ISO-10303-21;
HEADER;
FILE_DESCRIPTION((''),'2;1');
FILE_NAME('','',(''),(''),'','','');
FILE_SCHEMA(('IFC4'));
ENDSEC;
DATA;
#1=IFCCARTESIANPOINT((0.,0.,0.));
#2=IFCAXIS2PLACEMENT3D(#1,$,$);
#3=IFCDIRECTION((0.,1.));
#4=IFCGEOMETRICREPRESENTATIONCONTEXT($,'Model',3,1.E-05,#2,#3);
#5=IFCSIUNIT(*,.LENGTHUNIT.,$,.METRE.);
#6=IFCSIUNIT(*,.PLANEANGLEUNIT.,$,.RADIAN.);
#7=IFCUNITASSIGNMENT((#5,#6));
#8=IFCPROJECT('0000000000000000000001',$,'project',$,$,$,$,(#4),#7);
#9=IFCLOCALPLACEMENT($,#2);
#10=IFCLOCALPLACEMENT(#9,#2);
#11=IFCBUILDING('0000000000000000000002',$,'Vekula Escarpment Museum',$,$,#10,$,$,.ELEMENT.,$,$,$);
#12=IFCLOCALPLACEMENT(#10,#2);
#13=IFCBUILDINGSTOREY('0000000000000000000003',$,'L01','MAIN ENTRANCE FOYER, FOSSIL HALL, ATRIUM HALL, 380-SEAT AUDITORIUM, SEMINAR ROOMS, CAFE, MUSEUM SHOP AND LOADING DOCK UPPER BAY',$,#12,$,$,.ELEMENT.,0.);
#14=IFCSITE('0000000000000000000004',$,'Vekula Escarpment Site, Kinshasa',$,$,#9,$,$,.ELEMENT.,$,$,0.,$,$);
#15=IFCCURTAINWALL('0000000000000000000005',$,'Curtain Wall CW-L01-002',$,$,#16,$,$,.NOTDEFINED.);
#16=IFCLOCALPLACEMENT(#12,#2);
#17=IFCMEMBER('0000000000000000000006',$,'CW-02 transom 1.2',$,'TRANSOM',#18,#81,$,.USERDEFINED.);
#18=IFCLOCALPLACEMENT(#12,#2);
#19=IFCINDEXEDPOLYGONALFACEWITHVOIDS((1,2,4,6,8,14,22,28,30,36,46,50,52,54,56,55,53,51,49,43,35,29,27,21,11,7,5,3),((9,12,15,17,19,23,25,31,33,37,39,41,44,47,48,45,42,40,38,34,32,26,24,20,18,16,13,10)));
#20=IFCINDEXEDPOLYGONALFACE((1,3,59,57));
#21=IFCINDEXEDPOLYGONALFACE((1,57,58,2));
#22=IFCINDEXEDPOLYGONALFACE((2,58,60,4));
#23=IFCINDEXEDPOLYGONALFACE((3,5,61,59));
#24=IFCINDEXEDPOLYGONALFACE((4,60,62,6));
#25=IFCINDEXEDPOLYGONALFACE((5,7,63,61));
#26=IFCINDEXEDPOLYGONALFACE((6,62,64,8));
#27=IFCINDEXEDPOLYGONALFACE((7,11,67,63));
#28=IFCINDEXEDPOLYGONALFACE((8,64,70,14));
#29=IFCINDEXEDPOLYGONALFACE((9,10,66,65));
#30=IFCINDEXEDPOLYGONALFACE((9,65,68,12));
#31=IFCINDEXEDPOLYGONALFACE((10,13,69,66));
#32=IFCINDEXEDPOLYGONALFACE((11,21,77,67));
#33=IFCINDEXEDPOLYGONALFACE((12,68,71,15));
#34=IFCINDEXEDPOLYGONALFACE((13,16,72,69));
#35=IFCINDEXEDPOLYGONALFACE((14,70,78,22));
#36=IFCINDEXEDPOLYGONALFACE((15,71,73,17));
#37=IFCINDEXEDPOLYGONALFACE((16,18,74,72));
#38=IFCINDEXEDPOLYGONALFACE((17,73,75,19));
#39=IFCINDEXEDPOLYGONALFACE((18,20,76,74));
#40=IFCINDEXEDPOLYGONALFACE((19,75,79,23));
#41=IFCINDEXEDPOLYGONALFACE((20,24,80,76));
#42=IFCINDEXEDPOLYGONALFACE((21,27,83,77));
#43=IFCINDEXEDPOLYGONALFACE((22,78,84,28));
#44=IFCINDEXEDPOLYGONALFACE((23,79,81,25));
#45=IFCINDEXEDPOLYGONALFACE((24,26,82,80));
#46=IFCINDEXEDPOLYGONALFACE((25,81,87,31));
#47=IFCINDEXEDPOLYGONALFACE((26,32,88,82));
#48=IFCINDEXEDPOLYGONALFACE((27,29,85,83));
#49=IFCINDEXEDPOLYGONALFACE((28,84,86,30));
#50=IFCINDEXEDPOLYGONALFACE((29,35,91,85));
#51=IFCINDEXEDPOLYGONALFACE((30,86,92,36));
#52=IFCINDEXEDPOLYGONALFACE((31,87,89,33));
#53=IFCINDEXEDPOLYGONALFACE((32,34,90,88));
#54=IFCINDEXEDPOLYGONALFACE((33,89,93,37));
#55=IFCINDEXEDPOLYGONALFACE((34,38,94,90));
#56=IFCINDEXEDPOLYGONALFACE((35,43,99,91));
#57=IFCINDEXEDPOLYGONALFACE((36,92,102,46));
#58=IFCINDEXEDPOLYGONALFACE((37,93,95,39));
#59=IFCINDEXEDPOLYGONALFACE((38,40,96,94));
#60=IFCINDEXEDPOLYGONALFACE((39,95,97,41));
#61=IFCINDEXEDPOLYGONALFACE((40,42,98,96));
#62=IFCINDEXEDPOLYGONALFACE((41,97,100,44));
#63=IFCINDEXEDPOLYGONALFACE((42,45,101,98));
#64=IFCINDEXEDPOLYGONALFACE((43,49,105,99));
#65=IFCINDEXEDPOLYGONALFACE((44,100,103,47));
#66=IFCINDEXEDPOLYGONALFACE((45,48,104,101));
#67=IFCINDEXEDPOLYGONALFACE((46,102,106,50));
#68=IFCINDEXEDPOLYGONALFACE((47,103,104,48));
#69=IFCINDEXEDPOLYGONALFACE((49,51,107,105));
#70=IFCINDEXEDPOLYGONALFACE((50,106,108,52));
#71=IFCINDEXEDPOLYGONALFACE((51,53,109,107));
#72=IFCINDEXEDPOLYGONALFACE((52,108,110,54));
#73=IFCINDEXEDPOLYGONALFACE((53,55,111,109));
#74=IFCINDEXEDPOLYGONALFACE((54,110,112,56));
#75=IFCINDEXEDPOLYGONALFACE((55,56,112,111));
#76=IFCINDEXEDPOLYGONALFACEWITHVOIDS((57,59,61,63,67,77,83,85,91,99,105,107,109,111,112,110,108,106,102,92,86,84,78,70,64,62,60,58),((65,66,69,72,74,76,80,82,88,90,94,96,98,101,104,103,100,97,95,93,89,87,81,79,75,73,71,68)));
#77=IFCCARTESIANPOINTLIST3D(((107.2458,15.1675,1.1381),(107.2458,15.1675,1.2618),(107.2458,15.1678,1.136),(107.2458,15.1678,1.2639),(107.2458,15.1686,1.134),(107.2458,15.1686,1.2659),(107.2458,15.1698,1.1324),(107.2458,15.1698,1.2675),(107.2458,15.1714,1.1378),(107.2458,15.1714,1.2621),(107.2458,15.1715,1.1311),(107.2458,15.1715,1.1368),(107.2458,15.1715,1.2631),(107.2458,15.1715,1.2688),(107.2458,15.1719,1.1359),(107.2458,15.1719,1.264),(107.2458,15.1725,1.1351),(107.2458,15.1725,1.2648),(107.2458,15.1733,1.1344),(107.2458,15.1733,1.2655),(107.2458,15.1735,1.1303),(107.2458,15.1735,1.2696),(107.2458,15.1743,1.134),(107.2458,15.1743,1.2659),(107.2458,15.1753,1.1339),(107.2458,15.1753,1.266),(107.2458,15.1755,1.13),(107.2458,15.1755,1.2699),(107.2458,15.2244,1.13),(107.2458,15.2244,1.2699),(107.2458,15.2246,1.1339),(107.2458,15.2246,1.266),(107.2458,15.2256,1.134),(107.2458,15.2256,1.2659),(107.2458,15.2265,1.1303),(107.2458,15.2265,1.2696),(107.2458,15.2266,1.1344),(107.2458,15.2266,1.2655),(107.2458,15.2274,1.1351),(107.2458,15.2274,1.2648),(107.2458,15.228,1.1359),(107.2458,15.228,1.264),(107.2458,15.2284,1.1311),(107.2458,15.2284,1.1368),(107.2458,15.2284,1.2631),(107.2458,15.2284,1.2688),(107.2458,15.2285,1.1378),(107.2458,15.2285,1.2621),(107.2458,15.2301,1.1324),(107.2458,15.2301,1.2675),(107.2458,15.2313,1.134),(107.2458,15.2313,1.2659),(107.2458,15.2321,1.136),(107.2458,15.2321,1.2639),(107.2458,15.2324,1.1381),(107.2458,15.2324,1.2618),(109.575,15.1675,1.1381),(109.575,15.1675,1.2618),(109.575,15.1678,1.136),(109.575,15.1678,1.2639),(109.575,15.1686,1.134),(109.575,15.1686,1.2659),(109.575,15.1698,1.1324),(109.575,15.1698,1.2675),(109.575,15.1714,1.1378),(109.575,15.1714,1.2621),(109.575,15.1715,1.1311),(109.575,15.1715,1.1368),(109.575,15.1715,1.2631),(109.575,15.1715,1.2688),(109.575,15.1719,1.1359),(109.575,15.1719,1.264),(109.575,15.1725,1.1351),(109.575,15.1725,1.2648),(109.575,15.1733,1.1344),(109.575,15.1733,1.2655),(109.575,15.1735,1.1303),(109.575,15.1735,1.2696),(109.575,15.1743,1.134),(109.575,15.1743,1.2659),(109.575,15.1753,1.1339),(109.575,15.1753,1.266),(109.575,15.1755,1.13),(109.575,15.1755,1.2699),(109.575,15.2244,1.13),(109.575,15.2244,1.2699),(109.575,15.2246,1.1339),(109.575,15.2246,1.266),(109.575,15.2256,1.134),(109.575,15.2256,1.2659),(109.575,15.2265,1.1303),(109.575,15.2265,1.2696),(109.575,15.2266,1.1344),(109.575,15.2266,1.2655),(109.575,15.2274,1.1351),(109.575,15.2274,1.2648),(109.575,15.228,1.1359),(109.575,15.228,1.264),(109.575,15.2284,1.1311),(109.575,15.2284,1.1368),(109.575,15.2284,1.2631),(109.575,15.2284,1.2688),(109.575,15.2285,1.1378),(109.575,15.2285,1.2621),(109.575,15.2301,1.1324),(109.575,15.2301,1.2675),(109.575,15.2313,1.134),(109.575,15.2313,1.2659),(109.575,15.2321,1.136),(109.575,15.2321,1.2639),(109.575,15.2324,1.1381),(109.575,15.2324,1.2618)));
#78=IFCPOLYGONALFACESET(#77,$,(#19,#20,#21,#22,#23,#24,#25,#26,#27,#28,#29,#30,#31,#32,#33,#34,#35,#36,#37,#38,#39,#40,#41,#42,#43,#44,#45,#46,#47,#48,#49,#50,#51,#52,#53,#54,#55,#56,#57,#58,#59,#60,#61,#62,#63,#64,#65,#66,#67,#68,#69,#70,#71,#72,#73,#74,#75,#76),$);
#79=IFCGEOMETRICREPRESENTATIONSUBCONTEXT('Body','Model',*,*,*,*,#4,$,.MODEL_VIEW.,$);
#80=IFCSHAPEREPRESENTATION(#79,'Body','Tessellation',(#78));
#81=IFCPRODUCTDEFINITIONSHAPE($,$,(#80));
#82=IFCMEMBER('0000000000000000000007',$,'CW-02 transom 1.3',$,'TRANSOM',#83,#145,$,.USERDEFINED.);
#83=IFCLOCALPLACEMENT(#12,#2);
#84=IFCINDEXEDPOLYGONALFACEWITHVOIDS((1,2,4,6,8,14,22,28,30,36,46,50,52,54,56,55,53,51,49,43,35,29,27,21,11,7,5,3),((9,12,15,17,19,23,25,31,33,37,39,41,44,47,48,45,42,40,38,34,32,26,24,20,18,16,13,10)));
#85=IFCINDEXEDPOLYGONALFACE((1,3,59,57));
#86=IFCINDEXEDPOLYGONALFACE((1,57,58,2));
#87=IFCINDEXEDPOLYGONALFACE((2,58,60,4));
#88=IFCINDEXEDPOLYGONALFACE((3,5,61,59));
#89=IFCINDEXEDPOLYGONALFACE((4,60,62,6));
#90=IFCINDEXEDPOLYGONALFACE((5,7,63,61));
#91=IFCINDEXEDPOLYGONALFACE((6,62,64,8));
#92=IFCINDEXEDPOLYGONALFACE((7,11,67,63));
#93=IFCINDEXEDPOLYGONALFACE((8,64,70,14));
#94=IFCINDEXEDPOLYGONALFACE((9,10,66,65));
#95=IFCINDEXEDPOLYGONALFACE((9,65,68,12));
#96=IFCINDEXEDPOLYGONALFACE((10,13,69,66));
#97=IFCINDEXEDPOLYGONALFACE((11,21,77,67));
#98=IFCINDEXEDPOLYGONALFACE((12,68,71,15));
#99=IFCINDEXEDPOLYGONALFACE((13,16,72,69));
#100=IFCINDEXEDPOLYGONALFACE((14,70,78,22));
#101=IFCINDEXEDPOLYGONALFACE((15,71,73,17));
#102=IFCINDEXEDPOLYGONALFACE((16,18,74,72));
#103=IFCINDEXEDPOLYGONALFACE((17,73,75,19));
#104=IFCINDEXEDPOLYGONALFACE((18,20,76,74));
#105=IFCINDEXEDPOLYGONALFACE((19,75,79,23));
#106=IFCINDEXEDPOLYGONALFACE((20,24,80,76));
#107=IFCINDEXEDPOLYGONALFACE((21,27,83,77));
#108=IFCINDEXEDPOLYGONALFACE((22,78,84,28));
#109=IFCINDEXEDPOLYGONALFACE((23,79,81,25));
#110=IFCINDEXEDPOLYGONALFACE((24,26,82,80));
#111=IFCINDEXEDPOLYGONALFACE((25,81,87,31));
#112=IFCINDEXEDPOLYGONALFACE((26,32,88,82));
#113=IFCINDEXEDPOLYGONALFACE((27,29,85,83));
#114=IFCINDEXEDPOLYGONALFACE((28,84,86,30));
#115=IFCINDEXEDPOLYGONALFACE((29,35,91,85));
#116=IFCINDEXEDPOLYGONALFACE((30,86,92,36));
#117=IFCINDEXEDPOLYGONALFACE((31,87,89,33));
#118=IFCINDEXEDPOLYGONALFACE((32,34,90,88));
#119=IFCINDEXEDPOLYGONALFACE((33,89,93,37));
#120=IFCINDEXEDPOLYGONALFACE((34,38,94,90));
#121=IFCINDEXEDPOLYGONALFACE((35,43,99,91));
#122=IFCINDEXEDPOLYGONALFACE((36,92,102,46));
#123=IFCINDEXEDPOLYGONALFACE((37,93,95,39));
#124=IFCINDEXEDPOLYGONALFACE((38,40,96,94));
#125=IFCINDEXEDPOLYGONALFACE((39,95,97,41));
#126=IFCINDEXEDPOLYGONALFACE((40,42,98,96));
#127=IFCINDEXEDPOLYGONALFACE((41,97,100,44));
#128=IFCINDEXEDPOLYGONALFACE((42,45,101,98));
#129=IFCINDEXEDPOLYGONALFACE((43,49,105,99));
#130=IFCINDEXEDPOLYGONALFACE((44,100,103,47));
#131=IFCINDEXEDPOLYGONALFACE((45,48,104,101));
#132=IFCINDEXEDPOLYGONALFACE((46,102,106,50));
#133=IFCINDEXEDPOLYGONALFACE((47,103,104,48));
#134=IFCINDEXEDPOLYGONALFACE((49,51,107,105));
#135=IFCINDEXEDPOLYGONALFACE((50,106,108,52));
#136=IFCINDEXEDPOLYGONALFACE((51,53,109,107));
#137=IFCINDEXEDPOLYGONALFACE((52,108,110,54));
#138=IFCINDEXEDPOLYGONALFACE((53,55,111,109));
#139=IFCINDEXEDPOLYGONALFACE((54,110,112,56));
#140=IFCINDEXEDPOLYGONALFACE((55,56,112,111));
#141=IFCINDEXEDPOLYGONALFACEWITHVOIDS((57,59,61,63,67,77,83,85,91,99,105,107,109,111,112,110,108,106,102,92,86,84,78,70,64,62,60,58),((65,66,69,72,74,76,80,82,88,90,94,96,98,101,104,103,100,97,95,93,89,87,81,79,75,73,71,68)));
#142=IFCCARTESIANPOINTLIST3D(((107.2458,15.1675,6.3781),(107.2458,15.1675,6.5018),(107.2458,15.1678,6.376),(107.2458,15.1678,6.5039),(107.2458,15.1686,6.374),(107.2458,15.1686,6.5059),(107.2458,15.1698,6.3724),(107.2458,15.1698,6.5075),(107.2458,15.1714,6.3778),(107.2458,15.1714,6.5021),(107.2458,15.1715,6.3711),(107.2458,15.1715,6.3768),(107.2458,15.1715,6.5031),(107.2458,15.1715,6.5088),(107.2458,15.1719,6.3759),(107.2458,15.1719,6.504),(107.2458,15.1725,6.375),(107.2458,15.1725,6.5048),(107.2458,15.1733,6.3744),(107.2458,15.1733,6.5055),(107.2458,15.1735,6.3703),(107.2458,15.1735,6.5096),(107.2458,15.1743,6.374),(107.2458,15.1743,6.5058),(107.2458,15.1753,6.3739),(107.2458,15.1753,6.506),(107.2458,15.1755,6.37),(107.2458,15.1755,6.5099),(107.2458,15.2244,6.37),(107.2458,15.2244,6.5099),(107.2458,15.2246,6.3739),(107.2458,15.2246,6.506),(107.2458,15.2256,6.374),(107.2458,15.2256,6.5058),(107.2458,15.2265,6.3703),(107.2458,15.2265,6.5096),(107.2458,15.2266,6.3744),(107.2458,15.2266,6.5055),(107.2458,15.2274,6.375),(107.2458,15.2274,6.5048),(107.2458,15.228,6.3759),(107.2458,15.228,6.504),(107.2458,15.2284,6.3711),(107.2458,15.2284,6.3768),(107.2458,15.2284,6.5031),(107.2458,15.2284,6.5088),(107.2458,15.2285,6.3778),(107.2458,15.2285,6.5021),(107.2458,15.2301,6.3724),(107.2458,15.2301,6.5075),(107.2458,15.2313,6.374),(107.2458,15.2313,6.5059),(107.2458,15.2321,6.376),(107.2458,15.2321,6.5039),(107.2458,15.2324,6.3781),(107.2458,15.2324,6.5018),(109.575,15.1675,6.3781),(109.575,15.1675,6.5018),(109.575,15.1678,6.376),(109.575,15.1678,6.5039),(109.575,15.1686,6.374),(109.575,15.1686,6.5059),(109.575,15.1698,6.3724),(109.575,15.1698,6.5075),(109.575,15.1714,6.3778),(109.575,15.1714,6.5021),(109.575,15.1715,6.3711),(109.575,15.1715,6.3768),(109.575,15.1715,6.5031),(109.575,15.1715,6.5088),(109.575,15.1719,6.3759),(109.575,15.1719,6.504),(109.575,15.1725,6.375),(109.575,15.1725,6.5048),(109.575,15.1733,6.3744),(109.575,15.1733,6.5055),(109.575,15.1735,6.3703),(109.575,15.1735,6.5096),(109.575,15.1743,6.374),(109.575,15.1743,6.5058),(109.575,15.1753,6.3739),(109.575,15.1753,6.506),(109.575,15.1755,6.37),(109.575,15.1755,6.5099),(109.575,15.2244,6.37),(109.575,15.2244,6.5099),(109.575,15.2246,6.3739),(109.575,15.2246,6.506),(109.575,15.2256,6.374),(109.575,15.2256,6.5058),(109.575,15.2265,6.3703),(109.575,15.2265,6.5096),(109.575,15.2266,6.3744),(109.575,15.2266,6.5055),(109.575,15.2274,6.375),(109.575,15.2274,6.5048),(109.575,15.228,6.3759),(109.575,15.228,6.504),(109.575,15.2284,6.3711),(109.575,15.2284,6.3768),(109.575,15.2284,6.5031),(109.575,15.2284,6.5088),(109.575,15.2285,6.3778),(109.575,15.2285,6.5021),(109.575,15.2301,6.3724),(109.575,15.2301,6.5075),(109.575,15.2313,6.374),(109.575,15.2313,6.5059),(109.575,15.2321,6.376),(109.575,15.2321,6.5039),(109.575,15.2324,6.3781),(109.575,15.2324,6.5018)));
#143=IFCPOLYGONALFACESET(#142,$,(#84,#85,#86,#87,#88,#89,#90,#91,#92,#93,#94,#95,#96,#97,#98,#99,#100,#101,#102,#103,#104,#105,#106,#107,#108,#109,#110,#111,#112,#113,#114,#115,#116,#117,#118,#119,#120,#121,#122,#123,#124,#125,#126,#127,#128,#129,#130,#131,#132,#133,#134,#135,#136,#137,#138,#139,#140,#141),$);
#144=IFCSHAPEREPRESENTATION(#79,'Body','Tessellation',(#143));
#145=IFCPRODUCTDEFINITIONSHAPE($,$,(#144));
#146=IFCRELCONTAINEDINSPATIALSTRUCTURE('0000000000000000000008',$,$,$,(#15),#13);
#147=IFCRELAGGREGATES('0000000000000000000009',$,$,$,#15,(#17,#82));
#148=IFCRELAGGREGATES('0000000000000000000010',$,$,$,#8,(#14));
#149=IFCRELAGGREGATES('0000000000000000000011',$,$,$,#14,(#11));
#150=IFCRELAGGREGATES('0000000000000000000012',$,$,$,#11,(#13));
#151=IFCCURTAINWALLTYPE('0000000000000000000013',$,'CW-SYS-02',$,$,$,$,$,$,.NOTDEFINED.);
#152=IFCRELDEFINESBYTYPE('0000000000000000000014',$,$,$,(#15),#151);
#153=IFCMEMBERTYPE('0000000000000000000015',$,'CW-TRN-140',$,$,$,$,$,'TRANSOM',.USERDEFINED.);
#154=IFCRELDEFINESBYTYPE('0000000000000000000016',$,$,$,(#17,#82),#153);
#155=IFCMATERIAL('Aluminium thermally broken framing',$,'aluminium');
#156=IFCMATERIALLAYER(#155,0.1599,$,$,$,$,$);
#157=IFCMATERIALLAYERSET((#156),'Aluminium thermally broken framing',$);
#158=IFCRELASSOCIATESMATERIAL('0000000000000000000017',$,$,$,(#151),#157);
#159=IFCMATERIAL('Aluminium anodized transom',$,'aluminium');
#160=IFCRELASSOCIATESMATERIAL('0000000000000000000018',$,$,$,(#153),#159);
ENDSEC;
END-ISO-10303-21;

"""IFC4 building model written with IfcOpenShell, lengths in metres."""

from ifc_helpers import new_model, si_unit, direction, frame, origin, origin_2d, place, context, subcontext, project, spatial, hollow_rectangle, extrude, material, layer, layer_set, material_profile, profile_set, type_object, element, aggregate, save


model = new_model("IFC4")

# Units and contexts
model_context = context("Model", 3, precision=1e-05, world=origin(), true_north=direction((0.0, 1.0)))
body_context = subcontext(model_context, "Body", "Model", "MODEL_VIEW")
ifc_project = project(units=[si_unit("LENGTHUNIT", "METRE"), si_unit("PLANEANGLEUNIT", "RADIAN")], contexts=[model_context])

# Site, building, storey
site_placement = place(None, origin())
site = spatial("IfcSite", under=ifc_project, at=site_placement, Name="Vekula Escarpment Site, Kinshasa", CompositionType="ELEMENT", RefElevation=0.0)
building_placement = place(site_placement, origin())
building = spatial("IfcBuilding", under=site, at=building_placement, Name="Vekula Escarpment Museum", CompositionType="ELEMENT")
storey_placement = place(building_placement, origin())
storey = spatial("IfcBuildingStorey", under=building, at=storey_placement, Name="L01", Description="MAIN ENTRANCE FOYER, FOSSIL HALL, ATRIUM HALL, 380-SEAT AUDITORIUM, SEMINAR ROOMS, CAFE, MUSEUM SHOP AND LOADING DOCK UPPER BAY", CompositionType="ELEMENT", Elevation=0.0)

# Curtain wall, members
ifc_material_1 = material(Name="Aluminium thermally broken framing", Category="aluminium")
ifc_layer_1 = layer(ifc_material_1, 0.1599)
ifc_layer_set_1 = layer_set([ifc_layer_1], Name="Aluminium thermally broken framing")
curtain_wall_type_1 = type_object("IfcCurtainWallType", Name="CW-SYS-02", PredefinedType="NOTDEFINED", material=ifc_layer_set_1)
curtain_wall_1_placement = place(storey_placement, origin())
curtain_wall_1 = element("IfcCurtainWall", 1, at=curtain_wall_1_placement, inside=storey, type_object=curtain_wall_type_1, Name="Curtain Wall CW-L01-002", PredefinedType="NOTDEFINED")
ifc_material_2 = material(Name="Aluminium anodized transom", Category="aluminium")
ifc_material_profile_1 = material_profile(ifc_material_2, hollow_rectangle(XDim=0.0649, YDim=0.1399, WallThickness=0.0039, InnerFilletRadius=0.0039, OuterFilletRadius=0.0081, at=origin_2d()), Name="ALU 140x65x4")
ifc_profile_set_1 = profile_set([ifc_material_profile_1], Name="Aluminium anodized transom")
member_type_1 = type_object("IfcMemberType", Name="CW-TRN-140", ElementType="TRANSOM", PredefinedType="USERDEFINED", material=ifc_profile_set_1)
member_1_placement = place(storey_placement, frame((109.575, 15.2, 1.2), z_axis=(-1.0, 0.0, 0.0), x_axis=(0.0, -1.0, 0.0)))
member_1 = element("IfcMember", 2, at=member_1_placement, type_object=member_type_1, Name="CW-02 transom 1.2", ObjectType="TRANSOM", PredefinedType="USERDEFINED", context=body_context, shape_type="SweptSolid", body=[
    extrude(hollow_rectangle(XDim=0.0649, YDim=0.1399, WallThickness=0.0039, InnerFilletRadius=0.0039, OuterFilletRadius=0.0081, at=origin_2d()), origin(), (0.0, 0.0, 1.0), 2.3291),
])
member_2_placement = place(storey_placement, frame((109.575, 15.2, 6.4399), z_axis=(-1.0, 0.0, 0.0), x_axis=(0.0, -1.0, 0.0)))
member_2 = element("IfcMember", 3, at=member_2_placement, type_object=member_type_1, Name="CW-02 transom 1.3", ObjectType="TRANSOM", PredefinedType="USERDEFINED", context=body_context, shape_type="SweptSolid", body=[
    extrude(hollow_rectangle(XDim=0.0649, YDim=0.1399, WallThickness=0.0039, InnerFilletRadius=0.0039, OuterFilletRadius=0.0081, at=origin_2d()), origin(), (0.0, 0.0, 1.0), 2.3291),
])

aggregate(curtain_wall_1, [member_1, member_2])

save(model, "model.ifc")
